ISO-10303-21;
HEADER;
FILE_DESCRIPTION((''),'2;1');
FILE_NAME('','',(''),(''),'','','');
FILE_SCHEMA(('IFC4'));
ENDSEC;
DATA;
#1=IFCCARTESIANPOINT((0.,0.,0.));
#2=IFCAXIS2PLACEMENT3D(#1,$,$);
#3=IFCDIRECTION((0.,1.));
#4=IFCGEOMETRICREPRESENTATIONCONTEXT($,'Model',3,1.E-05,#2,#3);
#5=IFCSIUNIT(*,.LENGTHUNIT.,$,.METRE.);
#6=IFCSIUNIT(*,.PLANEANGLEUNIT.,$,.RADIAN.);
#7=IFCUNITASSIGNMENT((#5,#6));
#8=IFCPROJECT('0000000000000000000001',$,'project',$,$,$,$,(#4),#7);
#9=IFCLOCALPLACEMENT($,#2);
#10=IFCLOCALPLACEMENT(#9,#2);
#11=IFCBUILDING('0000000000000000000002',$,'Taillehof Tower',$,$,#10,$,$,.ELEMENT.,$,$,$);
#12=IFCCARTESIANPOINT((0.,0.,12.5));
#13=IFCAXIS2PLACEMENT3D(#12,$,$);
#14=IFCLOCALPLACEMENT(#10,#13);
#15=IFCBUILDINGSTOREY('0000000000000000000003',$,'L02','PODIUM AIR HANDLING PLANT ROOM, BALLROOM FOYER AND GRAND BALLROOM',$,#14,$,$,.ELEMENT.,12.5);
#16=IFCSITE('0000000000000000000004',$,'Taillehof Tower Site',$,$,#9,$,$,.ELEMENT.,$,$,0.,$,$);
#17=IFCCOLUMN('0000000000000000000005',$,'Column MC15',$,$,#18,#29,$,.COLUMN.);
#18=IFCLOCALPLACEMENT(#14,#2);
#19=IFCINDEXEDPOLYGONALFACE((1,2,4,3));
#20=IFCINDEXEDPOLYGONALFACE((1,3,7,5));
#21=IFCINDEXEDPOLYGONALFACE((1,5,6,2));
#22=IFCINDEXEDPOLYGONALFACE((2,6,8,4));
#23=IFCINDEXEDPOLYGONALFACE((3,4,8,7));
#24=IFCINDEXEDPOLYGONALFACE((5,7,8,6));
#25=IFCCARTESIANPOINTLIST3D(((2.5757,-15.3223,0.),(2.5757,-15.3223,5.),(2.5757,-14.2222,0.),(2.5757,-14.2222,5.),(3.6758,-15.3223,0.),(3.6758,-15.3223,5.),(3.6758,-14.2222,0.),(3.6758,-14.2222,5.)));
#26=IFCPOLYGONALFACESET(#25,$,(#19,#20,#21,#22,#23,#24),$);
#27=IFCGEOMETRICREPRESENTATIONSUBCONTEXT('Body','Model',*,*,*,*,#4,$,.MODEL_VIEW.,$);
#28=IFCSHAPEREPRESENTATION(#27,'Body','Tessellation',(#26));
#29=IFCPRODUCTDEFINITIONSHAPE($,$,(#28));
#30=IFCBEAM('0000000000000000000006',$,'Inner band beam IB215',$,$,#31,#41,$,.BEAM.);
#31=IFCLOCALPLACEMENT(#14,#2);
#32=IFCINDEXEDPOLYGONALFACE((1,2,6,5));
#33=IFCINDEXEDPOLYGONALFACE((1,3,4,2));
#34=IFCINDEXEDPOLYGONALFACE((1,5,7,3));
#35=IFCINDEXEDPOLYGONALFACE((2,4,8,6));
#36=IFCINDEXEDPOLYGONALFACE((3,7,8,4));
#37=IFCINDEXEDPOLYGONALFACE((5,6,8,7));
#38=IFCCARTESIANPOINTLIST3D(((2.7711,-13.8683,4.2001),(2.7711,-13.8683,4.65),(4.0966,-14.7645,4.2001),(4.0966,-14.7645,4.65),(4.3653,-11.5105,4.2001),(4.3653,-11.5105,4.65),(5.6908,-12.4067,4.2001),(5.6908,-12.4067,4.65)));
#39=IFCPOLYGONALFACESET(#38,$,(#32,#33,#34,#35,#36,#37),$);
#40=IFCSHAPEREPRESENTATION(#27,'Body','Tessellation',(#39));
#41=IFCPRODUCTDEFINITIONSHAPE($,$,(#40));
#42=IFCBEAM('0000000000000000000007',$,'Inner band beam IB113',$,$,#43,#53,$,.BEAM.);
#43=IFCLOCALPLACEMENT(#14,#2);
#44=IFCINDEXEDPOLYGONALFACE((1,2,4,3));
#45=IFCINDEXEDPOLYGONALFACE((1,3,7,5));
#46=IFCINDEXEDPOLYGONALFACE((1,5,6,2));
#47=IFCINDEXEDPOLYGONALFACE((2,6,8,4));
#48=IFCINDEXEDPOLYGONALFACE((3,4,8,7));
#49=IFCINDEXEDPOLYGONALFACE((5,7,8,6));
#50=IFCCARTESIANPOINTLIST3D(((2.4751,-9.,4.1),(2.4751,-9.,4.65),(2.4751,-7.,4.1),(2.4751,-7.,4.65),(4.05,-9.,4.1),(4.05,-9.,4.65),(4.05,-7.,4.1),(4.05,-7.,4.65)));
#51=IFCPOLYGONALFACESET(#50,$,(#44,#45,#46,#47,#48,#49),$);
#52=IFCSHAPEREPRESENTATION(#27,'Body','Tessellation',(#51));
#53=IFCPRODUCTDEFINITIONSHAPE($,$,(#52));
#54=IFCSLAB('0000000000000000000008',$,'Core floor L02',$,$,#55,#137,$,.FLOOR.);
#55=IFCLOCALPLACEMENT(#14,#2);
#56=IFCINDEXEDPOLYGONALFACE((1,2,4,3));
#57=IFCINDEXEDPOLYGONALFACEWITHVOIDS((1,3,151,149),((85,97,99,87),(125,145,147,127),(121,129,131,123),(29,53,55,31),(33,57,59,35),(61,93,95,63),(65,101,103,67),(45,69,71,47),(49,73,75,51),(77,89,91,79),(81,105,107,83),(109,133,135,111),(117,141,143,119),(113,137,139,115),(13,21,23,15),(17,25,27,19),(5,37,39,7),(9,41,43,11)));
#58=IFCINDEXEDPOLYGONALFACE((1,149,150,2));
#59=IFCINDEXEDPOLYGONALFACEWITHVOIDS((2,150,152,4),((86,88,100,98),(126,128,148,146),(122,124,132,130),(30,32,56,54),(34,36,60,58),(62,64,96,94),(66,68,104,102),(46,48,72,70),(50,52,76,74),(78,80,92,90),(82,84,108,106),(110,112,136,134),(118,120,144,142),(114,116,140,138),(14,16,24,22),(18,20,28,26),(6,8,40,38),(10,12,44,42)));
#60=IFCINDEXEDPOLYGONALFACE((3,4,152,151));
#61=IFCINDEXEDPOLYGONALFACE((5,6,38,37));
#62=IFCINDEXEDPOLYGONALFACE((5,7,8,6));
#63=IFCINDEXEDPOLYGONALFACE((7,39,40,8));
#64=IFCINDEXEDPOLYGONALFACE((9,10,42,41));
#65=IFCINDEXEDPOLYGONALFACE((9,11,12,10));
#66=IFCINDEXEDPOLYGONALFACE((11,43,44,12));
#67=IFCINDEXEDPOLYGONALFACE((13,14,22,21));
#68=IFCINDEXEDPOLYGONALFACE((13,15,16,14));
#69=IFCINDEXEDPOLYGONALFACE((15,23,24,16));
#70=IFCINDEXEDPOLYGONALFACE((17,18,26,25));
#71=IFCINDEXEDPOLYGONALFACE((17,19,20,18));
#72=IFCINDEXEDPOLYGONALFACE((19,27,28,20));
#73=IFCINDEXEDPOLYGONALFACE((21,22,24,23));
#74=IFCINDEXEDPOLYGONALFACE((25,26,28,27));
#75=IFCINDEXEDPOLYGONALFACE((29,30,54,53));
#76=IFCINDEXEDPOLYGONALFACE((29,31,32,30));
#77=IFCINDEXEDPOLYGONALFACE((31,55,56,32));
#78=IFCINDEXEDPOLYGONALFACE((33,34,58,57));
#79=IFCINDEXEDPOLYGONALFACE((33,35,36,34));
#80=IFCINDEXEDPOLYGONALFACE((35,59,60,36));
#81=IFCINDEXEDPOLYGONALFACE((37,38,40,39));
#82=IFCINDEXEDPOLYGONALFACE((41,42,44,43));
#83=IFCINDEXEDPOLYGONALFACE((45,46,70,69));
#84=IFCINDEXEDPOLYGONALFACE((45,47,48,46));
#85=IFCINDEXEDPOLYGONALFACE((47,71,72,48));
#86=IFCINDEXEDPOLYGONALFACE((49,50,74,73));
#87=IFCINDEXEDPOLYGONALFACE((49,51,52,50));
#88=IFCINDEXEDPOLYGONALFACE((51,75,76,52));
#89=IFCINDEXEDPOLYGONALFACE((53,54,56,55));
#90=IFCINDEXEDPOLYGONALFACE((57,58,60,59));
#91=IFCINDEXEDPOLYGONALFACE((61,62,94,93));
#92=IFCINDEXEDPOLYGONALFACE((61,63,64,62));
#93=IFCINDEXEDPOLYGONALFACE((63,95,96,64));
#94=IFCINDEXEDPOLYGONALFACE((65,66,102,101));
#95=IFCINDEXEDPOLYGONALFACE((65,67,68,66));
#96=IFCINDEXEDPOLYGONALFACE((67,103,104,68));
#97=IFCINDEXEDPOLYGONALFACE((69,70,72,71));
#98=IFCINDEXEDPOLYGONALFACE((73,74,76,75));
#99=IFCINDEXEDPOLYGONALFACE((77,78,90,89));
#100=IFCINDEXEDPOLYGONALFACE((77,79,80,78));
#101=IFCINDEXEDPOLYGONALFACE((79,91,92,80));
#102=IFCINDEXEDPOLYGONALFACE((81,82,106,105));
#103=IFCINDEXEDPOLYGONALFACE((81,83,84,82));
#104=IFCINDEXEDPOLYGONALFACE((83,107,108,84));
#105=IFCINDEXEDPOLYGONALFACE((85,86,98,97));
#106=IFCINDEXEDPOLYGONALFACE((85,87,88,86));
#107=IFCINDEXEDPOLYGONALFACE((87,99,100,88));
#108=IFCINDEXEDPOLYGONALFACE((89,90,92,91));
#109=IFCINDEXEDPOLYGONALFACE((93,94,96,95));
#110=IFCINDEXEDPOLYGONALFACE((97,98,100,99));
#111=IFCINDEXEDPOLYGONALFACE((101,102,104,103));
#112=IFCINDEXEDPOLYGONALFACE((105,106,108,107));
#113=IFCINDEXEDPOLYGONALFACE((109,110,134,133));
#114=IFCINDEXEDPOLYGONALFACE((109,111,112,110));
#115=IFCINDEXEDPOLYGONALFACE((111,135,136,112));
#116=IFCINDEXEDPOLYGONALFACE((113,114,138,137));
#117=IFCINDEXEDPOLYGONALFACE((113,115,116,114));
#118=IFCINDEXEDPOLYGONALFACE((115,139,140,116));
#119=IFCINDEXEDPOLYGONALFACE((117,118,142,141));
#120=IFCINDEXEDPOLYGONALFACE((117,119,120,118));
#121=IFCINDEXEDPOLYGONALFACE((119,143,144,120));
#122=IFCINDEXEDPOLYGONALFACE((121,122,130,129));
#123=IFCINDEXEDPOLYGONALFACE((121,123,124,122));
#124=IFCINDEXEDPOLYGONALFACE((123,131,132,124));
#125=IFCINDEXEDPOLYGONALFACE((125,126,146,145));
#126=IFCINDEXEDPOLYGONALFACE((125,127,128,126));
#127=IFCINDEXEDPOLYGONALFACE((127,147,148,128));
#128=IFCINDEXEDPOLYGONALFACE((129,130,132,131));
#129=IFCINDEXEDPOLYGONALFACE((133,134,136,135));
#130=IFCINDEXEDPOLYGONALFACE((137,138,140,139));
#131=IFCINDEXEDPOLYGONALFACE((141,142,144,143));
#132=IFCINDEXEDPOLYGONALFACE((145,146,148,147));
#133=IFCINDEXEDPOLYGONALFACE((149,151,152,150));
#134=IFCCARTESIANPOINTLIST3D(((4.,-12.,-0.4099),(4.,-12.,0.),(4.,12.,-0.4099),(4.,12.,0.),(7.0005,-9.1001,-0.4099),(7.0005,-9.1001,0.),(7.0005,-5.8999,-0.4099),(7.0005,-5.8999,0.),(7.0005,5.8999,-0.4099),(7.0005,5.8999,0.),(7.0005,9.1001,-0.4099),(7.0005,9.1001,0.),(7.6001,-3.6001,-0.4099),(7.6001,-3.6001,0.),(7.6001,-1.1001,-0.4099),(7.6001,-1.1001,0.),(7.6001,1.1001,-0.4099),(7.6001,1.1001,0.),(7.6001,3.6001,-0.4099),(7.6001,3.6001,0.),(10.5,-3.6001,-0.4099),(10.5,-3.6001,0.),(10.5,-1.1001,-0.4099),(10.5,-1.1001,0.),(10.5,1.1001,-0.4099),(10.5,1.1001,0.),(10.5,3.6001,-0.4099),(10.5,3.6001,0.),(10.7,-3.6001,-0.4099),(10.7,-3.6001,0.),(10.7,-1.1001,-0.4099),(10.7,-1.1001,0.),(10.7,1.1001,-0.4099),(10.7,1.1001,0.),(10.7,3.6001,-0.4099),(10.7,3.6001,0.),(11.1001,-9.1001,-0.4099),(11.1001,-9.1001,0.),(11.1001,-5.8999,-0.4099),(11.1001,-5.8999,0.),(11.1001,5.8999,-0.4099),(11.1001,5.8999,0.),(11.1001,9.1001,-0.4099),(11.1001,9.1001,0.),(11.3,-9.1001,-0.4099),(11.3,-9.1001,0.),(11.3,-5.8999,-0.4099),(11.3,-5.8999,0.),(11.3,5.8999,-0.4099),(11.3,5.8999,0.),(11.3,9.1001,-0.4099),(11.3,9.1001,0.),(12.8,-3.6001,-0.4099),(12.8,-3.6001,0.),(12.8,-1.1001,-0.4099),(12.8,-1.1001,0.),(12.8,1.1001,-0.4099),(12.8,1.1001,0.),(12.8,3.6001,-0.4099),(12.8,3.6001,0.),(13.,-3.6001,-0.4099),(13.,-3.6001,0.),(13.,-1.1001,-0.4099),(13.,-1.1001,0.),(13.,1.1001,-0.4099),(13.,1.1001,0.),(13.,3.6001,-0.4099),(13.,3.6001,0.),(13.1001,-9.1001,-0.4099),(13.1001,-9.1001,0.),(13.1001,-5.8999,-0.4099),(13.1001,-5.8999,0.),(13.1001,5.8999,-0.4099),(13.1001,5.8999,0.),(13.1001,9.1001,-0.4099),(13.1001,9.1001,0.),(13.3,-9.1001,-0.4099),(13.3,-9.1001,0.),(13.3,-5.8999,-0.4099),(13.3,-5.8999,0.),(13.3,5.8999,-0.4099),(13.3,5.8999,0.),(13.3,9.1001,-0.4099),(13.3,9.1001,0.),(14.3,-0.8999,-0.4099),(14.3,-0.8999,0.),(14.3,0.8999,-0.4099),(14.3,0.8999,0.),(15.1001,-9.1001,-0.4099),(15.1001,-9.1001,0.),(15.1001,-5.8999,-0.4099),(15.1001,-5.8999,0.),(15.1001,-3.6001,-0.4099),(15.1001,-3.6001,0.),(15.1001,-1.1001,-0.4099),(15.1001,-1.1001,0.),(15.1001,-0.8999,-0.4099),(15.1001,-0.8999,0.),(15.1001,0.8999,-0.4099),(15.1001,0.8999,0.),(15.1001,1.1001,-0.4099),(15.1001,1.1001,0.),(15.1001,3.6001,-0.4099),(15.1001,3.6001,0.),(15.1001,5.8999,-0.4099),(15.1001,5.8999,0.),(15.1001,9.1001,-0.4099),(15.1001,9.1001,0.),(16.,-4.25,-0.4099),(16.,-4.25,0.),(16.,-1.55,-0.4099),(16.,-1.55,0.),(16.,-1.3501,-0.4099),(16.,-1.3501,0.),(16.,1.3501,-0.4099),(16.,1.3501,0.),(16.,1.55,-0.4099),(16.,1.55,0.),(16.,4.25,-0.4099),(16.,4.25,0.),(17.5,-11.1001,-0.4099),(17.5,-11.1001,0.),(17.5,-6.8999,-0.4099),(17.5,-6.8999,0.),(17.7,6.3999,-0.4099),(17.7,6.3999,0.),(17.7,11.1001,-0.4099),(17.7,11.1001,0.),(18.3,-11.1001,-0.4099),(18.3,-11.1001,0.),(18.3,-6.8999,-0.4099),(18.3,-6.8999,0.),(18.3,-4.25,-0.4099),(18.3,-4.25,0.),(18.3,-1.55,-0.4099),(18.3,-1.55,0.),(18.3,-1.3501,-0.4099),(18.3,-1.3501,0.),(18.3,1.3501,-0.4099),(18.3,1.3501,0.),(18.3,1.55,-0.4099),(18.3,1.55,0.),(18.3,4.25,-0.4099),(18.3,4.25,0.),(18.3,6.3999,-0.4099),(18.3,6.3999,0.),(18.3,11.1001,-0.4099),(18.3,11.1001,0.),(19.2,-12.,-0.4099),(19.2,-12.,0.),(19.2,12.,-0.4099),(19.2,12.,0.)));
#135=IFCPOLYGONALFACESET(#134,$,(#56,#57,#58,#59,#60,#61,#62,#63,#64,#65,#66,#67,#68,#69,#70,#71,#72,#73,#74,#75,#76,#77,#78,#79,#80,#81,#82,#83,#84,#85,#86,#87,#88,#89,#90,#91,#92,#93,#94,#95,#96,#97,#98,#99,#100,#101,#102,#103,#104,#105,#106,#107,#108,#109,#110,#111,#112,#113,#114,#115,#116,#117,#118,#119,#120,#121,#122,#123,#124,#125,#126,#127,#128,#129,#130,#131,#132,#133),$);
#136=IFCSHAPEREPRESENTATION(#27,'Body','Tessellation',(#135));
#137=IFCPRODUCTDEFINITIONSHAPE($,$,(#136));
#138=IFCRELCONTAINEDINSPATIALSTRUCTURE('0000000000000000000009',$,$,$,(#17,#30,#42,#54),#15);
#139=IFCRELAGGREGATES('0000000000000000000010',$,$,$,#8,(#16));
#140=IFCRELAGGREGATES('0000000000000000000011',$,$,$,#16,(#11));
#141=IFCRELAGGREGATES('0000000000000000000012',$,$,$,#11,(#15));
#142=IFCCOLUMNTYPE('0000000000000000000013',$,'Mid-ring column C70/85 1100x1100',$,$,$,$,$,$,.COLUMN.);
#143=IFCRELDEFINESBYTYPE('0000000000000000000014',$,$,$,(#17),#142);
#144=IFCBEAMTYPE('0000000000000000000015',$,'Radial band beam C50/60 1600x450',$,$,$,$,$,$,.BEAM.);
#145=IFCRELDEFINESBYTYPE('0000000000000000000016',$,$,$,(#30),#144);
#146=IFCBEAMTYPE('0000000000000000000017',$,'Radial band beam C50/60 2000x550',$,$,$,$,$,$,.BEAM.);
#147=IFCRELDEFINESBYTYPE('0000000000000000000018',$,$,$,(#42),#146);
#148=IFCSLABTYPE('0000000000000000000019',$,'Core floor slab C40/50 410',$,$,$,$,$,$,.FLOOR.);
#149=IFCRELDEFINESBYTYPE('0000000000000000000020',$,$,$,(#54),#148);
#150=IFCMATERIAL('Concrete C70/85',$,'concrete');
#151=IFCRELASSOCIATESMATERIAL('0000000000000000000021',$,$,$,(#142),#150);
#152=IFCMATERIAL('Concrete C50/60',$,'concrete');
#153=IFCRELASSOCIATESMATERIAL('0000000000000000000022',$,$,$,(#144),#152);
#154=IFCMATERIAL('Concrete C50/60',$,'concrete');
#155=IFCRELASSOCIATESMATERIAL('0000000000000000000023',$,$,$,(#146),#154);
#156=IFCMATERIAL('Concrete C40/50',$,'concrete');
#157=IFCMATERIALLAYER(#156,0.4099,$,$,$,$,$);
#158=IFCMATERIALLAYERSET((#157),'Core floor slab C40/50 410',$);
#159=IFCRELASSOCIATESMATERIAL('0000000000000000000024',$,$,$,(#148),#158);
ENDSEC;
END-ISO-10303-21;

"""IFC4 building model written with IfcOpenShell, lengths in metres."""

from ifc_helpers import new_model, si_unit, direction, frame, origin, origin_2d, place, context, subcontext, project, spatial, polyline, rectangle, outline, extrude, material, layer, layer_set, material_profile, profile_set, type_object, element, save


model = new_model("IFC4")

# Units and contexts
model_context = context("Model", 3, precision=1e-05, world=origin(), true_north=direction((0.0, 1.0)))
body_context = subcontext(model_context, "Body", "Model", "MODEL_VIEW")
ifc_project = project(units=[si_unit("LENGTHUNIT", "METRE"), si_unit("PLANEANGLEUNIT", "RADIAN")], contexts=[model_context])

# Site, building, storey
site_placement = place(None, origin())
site = spatial("IfcSite", under=ifc_project, at=site_placement, Name="Taillehof Tower Site", CompositionType="ELEMENT", RefElevation=0.0)
building_placement = place(site_placement, origin())
building = spatial("IfcBuilding", under=site, at=building_placement, Name="Taillehof Tower", CompositionType="ELEMENT")
storey_placement = place(building_placement, frame((0.0, 0.0, 12.5)))
storey = spatial("IfcBuildingStorey", under=building, at=storey_placement, Name="L02", Description="PODIUM AIR HANDLING PLANT ROOM, BALLROOM FOYER AND GRAND BALLROOM", CompositionType="ELEMENT", Elevation=12.5)

# Column
ifc_material_1 = material(Name="Concrete C70/85", Category="concrete")
ifc_material_profile_1 = material_profile(ifc_material_1, rectangle(XDim=1.1001, YDim=1.1001, at=origin_2d()), Name="RC 1100x1100")
ifc_profile_set_1 = profile_set([ifc_material_profile_1], Name="Concrete C70/85")
column_type = type_object("IfcColumnType", Name="Mid-ring column C70/85 1100x1100", PredefinedType="COLUMN", material=ifc_profile_set_1)
column_placement = place(storey_placement, frame((3.1257, -14.7722, 0.0), z_axis=(0.0, 0.0, 1.0), x_axis=(1.0, 0.0, 0.0)))
element("IfcColumn", 1, at=column_placement, inside=storey, type_object=column_type, Name="Column MC15", PredefinedType="COLUMN", context=body_context, shape_type="SweptSolid", body=[
    extrude(rectangle(XDim=1.1001, YDim=1.1001, at=origin_2d()), origin(), (0.0, 0.0, 1.0), 5.0),
])

# Beams
ifc_material_2 = material(Name="Concrete C50/60", Category="concrete")
ifc_material_profile_2 = material_profile(ifc_material_2, rectangle(XDim=1.6001, YDim=0.45, at=origin_2d()), Name="RC 1600x450")
ifc_profile_set_2 = profile_set([ifc_material_profile_2], Name="Concrete C50/60")
beam_type_1 = type_object("IfcBeamType", Name="Radial band beam C50/60 1600x450", PredefinedType="BEAM", material=ifc_profile_set_2)
beam_1_placement = place(storey_placement, frame((3.4338, -14.3164, 4.425), z_axis=(0.560112, 0.828417, 0.0), x_axis=(-0.828417, 0.560112, 0.0)))
element("IfcBeam", 2, at=beam_1_placement, inside=storey, type_object=beam_type_1, Name="Inner band beam IB215", PredefinedType="BEAM", context=body_context, shape_type="SweptSolid", body=[
    extrude(rectangle(XDim=1.6001, YDim=0.45, at=origin_2d()), origin(), (0.0, 0.0, 1.0), 2.8462),
])
ifc_material_3 = material(Name="Concrete C50/60", Category="concrete")
ifc_material_profile_3 = material_profile(ifc_material_3, rectangle(XDim=2.0, YDim=0.55, at=origin_2d()), Name="RC 2000x550")
ifc_profile_set_3 = profile_set([ifc_material_profile_3], Name="Concrete C50/60")
beam_type_2 = type_object("IfcBeamType", Name="Radial band beam C50/60 2000x550", PredefinedType="BEAM", material=ifc_profile_set_3)
beam_2_placement = place(storey_placement, frame((2.4751, -8.0, 4.375), z_axis=(1.0, 0.0, 0.0), x_axis=(0.0, 1.0, 0.0)))
element("IfcBeam", 3, at=beam_2_placement, inside=storey, type_object=beam_type_2, Name="Inner band beam IB113", PredefinedType="BEAM", context=body_context, shape_type="SweptSolid", body=[
    extrude(rectangle(XDim=2.0, YDim=0.55, at=origin_2d()), origin(), (0.0, 0.0, 1.0), 1.575),
])

# Slab
ifc_material_4 = material(Name="Concrete C40/50", Category="concrete")
ifc_layer_1 = layer(ifc_material_4, 0.4099)
ifc_layer_set_1 = layer_set([ifc_layer_1], Name="Core floor slab C40/50 410")
slab_type = type_object("IfcSlabType", Name="Core floor slab C40/50 410", PredefinedType="FLOOR", material=ifc_layer_set_1)
slab_placement = place(storey_placement, frame((0.0, 0.0, -0.4099)))
element("IfcSlab", 4, at=slab_placement, inside=storey, type_object=slab_type, Name="Core floor L02", PredefinedType="FLOOR", context=body_context, shape_type="SweptSolid", body=[
    extrude(outline(polyline([(4.0, -12.0), (4.0, 12.0), (19.2, 12.0), (19.2, -12.0), (4.0, -12.0)]), holes=[polyline([(7.0005, -9.1001), (11.1001, -9.1001), (11.1001, -5.8999), (7.0005, -5.8999), (7.0005, -9.1001)]), polyline([(13.1001, -9.1001), (13.1001, -5.8999), (11.3, -5.8999), (11.3, -9.1001), (13.1001, -9.1001)]), polyline([(10.5, -3.6001), (10.5, -1.1001), (7.6001, -1.1001), (7.6001, -3.6001), (10.5, -3.6001)]), polyline([(12.8, -3.6001), (12.8, -1.1001), (10.7, -1.1001), (10.7, -3.6001), (12.8, -3.6001)]), polyline([(10.5, 1.1001), (10.5, 3.6001), (7.6001, 3.6001), (7.6001, 1.1001), (10.5, 1.1001)]), polyline([(12.8, 1.1001), (12.8, 3.6001), (10.7, 3.6001), (10.7, 1.1001), (12.8, 1.1001)]), polyline([(15.1001, 1.1001), (15.1001, 3.6001), (13.0, 3.6001), (13.0, 1.1001), (15.1001, 1.1001)]), polyline([(11.3, 5.8999), (13.1001, 5.8999), (13.1001, 9.1001), (11.3, 9.1001), (11.3, 5.8999)]), polyline([(7.0005, 5.8999), (11.1001, 5.8999), (11.1001, 9.1001), (7.0005, 9.1001), (7.0005, 5.8999)]), polyline([(18.3, -11.1001), (18.3, -6.8999), (17.5, -6.8999), (17.5, -11.1001), (18.3, -11.1001)]), polyline([(15.1001, -9.1001), (15.1001, -5.8999), (13.3, -5.8999), (13.3, -9.1001), (15.1001, -9.1001)]), polyline([(18.3, -4.25), (18.3, -1.55), (16.0, -1.55), (16.0, -4.25), (18.3, -4.25)]), polyline([(15.1001, -3.6001), (15.1001, -1.1001), (13.0, -1.1001), (13.0, -3.6001), (15.1001, -3.6001)]), polyline([(15.1001, -0.8999), (15.1001, 0.8999), (14.3, 0.8999), (14.3, -0.8999), (15.1001, -0.8999)]), polyline([(18.3, -1.3501), (18.3, 1.3501), (16.0, 1.3501), (16.0, -1.3501), (18.3, -1.3501)]), polyline([(18.3, 1.55), (18.3, 4.25), (16.0, 4.25), (16.0, 1.55), (18.3, 1.55)]), polyline([(13.3, 5.8999), (15.1001, 5.8999), (15.1001, 9.1001), (13.3, 9.1001), (13.3, 5.8999)]), polyline([(17.7, 6.3999), (18.3, 6.3999), (18.3, 11.1001), (17.7, 11.1001), (17.7, 6.3999)])]), origin(), (0.0, 0.0, 1.0), 0.4099),
])

save(model, "model.ifc")
